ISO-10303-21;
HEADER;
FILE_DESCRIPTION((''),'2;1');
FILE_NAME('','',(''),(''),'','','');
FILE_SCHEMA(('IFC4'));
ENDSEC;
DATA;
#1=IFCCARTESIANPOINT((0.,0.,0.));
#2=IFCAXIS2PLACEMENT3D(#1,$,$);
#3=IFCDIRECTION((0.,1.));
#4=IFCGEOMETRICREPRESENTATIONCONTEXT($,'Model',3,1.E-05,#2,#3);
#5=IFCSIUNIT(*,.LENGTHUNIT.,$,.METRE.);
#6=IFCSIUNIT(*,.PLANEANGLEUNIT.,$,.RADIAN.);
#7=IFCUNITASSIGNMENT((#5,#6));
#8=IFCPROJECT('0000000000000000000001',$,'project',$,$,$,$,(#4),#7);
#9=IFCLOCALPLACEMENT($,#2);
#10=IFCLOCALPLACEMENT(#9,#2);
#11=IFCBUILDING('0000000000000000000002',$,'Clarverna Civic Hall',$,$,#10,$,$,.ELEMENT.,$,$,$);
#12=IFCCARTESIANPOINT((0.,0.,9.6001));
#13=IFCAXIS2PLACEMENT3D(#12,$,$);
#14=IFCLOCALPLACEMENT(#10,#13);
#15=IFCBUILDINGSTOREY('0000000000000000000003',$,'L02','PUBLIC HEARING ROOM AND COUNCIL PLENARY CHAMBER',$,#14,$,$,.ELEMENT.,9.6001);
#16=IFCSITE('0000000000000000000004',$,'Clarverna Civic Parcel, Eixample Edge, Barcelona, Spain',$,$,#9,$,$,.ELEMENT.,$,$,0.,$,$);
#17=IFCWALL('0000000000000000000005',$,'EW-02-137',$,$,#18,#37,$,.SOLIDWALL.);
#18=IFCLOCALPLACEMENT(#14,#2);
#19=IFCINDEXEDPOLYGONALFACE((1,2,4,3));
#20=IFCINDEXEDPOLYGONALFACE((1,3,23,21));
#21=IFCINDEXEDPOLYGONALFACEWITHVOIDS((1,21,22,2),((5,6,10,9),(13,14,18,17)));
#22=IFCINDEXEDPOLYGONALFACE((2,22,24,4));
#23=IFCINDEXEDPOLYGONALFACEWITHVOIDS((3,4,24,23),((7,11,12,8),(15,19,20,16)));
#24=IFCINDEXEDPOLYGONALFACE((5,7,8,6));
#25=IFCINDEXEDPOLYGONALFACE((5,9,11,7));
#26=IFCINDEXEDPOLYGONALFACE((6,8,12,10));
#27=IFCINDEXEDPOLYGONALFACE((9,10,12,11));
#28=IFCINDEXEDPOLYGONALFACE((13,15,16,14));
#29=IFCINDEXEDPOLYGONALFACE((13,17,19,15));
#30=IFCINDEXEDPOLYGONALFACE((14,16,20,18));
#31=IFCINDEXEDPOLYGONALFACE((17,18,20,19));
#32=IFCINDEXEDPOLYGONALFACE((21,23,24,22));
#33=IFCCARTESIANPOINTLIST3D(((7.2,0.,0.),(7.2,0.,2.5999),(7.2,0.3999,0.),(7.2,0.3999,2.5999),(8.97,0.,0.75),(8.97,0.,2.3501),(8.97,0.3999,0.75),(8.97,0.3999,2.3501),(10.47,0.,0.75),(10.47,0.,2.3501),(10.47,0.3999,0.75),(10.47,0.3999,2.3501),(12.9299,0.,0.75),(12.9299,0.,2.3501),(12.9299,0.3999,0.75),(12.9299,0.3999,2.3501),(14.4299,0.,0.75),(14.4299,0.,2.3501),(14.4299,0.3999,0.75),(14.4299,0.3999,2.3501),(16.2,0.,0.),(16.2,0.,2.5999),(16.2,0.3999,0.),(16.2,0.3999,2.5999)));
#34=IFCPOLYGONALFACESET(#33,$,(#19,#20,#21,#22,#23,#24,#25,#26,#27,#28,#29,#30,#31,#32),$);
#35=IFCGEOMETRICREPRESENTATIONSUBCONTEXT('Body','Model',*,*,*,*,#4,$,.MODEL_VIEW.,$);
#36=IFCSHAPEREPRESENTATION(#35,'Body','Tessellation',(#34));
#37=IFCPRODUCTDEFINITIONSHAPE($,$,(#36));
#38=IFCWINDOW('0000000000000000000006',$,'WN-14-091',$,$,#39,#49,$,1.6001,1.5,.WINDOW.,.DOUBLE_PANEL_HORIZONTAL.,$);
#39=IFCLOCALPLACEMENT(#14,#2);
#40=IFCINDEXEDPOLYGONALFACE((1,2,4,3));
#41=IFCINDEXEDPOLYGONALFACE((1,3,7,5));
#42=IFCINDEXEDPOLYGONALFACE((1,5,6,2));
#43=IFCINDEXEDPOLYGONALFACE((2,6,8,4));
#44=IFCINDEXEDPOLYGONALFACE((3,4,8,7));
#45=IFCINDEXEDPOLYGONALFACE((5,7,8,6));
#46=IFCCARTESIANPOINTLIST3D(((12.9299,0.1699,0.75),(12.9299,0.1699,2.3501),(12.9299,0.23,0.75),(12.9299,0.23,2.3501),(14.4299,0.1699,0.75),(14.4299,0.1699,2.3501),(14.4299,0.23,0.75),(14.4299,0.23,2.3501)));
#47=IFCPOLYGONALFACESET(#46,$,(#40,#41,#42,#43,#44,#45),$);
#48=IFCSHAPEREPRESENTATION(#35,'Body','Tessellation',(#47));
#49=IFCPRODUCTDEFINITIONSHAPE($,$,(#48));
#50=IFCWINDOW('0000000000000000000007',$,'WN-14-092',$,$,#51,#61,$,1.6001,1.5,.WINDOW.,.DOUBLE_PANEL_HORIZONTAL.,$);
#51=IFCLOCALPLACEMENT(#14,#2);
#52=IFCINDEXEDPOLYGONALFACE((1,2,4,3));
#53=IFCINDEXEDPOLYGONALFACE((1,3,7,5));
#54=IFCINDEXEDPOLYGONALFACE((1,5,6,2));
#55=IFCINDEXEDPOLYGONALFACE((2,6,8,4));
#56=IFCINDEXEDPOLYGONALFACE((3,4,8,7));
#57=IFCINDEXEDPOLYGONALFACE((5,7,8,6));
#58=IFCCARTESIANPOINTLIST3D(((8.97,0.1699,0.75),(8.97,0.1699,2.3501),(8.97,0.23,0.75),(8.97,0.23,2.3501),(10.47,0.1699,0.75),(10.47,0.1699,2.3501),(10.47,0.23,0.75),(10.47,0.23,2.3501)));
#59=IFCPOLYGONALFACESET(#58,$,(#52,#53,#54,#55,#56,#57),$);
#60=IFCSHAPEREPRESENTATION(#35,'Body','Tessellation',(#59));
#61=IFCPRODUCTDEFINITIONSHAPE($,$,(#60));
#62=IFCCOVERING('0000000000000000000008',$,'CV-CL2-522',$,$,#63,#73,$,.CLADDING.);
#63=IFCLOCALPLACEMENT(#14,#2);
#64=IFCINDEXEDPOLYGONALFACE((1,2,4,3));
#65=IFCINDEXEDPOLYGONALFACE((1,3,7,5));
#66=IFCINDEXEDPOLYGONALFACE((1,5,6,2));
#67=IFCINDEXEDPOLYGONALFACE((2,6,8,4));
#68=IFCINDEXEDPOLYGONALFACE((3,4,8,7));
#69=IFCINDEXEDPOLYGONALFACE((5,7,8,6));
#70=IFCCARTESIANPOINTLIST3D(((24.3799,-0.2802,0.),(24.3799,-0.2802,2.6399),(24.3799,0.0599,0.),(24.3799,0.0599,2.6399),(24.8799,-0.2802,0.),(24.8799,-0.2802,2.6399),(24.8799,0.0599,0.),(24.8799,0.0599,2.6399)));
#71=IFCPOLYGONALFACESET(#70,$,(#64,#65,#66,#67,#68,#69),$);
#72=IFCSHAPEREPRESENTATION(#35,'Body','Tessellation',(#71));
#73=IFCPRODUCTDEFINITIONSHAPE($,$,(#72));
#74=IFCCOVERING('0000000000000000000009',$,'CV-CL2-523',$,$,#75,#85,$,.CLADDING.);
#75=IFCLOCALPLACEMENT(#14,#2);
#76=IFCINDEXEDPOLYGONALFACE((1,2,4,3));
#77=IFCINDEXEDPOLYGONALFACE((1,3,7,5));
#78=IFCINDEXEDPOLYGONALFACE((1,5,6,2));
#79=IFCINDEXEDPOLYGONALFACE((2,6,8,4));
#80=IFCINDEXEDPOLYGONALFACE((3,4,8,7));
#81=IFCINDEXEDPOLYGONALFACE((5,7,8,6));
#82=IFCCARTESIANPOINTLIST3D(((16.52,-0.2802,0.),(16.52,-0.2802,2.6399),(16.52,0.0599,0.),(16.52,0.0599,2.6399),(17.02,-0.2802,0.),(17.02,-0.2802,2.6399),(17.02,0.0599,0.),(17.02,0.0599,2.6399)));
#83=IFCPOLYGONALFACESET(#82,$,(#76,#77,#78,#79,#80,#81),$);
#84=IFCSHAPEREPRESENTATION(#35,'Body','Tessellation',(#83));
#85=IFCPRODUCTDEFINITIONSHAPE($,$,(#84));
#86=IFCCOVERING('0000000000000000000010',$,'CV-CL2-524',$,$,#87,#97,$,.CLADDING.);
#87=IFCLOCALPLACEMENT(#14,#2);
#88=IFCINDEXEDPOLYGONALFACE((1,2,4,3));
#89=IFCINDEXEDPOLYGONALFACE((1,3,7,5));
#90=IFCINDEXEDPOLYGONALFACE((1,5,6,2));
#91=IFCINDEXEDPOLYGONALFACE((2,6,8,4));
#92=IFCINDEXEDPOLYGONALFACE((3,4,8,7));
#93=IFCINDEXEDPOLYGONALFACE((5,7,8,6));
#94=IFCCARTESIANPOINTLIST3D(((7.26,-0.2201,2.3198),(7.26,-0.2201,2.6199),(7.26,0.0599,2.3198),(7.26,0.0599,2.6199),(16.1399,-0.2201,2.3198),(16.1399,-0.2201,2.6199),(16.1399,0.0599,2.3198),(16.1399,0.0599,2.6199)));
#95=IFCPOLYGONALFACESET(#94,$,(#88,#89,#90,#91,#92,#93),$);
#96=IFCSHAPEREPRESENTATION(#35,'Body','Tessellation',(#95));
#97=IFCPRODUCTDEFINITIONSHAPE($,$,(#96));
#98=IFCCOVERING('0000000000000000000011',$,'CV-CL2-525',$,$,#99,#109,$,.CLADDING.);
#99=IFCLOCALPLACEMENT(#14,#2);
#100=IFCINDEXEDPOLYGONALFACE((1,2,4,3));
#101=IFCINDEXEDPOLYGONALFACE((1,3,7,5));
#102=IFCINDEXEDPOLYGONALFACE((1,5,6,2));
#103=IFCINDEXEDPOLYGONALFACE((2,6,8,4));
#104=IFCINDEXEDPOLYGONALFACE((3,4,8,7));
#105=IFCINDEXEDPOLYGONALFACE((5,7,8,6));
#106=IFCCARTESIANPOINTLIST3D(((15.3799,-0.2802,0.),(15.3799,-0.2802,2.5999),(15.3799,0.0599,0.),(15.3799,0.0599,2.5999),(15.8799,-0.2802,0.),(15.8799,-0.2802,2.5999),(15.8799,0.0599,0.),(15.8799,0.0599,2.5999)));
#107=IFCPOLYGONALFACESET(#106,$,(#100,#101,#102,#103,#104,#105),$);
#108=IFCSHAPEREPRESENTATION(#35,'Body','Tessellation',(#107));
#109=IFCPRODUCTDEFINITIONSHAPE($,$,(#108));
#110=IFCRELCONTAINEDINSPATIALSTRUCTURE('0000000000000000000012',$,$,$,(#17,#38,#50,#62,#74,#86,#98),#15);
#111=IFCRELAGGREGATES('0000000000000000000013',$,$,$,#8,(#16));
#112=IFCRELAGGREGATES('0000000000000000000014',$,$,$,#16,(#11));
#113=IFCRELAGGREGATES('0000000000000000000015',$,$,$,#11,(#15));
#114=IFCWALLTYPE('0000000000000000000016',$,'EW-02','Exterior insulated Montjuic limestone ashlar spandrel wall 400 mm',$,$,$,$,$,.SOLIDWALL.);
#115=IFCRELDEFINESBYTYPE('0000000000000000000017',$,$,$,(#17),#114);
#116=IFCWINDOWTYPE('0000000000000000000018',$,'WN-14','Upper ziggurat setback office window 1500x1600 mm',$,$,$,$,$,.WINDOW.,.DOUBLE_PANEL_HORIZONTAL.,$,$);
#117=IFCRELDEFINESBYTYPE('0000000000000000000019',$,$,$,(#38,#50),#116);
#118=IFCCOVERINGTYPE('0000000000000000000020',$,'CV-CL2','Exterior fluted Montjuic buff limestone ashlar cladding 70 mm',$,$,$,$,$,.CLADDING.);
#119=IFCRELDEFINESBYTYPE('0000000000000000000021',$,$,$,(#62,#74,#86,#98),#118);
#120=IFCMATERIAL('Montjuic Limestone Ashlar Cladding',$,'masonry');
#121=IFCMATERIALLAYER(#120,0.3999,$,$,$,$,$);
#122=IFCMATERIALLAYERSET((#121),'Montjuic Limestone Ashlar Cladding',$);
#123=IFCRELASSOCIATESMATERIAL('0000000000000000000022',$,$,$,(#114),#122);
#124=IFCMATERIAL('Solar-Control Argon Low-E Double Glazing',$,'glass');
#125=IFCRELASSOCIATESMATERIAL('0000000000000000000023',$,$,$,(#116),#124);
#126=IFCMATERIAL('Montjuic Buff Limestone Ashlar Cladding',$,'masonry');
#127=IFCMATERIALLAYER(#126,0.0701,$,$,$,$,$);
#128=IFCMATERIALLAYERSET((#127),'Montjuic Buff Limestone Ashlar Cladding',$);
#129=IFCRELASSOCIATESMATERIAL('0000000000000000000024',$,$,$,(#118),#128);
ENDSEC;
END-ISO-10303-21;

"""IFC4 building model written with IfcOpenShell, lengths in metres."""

from ifc_helpers import new_model, si_unit, direction, frame, frame_2d, origin, place, context, subcontext, project, spatial, rectangle, extrude, material, layer, layer_set, type_object, element, fill, save


model = new_model("IFC4")

# Units and contexts
model_context = context("Model", 3, precision=1e-05, world=origin(), true_north=direction((0.0, 1.0)))
body_context = subcontext(model_context, "Body", "Model", "MODEL_VIEW")
ifc_project = project(units=[si_unit("LENGTHUNIT", "METRE"), si_unit("PLANEANGLEUNIT", "RADIAN")], contexts=[model_context])

# Site, building, storey
site_placement = place(None, origin())
site = spatial("IfcSite", under=ifc_project, at=site_placement, Name="Clarverna Civic Parcel, Eixample Edge, Barcelona, Spain", CompositionType="ELEMENT", RefElevation=0.0)
building_placement = place(site_placement, origin())
building = spatial("IfcBuilding", under=site, at=building_placement, Name="Clarverna Civic Hall", CompositionType="ELEMENT")
storey_placement = place(building_placement, frame((0.0, 0.0, 9.6001)))
storey = spatial("IfcBuildingStorey", under=building, at=storey_placement, Name="L02", Description="PUBLIC HEARING ROOM AND COUNCIL PLENARY CHAMBER", CompositionType="ELEMENT", Elevation=9.6001)

# Wall, openings, windows
ifc_material_1 = material(Name="Montjuic Limestone Ashlar Cladding", Category="masonry")
ifc_layer_1 = layer(ifc_material_1, 0.3999)
ifc_layer_set_1 = layer_set([ifc_layer_1], Name="Montjuic Limestone Ashlar Cladding")
wall_type_1 = type_object("IfcWallType", Name="EW-02", Description="Exterior insulated Montjuic limestone ashlar spandrel wall 400 mm", PredefinedType="SOLIDWALL", material=ifc_layer_set_1)
wall_1_placement = place(storey_placement, frame((16.2, 0.2, 0.0), z_axis=(0.0, 0.0, 1.0), x_axis=(-1.0, 0.0, 0.0)))
wall_1 = element("IfcWall", 1, at=wall_1_placement, inside=storey, type_object=wall_type_1, Name="EW-02-137", PredefinedType="SOLIDWALL", context=body_context, shape_type="SweptSolid", body=[
    extrude(rectangle(XDim=9.0, YDim=0.3999, at=frame_2d((4.5, 0.0))), origin(), (0.0, 0.0, 1.0), 2.5999),
])
opening_1_placement = place(wall_1_placement, frame((1.77, 0.0, 0.75)))
opening_1 = element("IfcOpeningElement", 2, at=opening_1_placement, cuts=wall_1, PredefinedType="OPENING", context=body_context, shape_type="SweptSolid", body=[
    extrude(rectangle(XDim=1.5, YDim=1.6001, at=frame_2d((0.75, 0.8))), frame((0.0, 0.21, 0.0), z_axis=(0.0, -1.0, 0.0), x_axis=(1.0, 0.0, 0.0)), (0.0, 0.0, 1.0), 0.4199),
])
opening_2_placement = place(wall_1_placement, frame((5.73, 0.0, 0.75)))
opening_2 = element("IfcOpeningElement", 3, at=opening_2_placement, cuts=wall_1, PredefinedType="OPENING", context=body_context, shape_type="SweptSolid", body=[
    extrude(rectangle(XDim=1.5, YDim=1.6001, at=frame_2d((0.75, 0.8))), frame((0.0, 0.21, 0.0), z_axis=(0.0, -1.0, 0.0), x_axis=(1.0, 0.0, 0.0)), (0.0, 0.0, 1.0), 0.4199),
])
ifc_material_2 = material(Name="Solar-Control Argon Low-E Double Glazing", Category="glass")
window_type = type_object("IfcWindowType", Name="WN-14", Description="Upper ziggurat setback office window 1500x1600 mm", PartitioningType="DOUBLE_PANEL_HORIZONTAL", PredefinedType="WINDOW", material=ifc_material_2)
window_1_placement = place(opening_1_placement, origin())
window_1 = element("IfcWindow", 4, at=window_1_placement, inside=storey, type_object=window_type, Name="WN-14-091", OverallHeight=1.6001, OverallWidth=1.5, PartitioningType="DOUBLE_PANEL_HORIZONTAL", PredefinedType="WINDOW", context=body_context, shape_type="SweptSolid", body=[
    extrude(rectangle(XDim=1.5, YDim=1.6001, at=frame_2d((0.75, 0.8))), frame((0.0, 0.03, 0.0), z_axis=(0.0, -1.0, 0.0), x_axis=(1.0, 0.0, 0.0)), (0.0, 0.0, 1.0), 0.0601),
])
fill(opening_1, window_1)
window_2_placement = place(opening_2_placement, origin())
window_2 = element("IfcWindow", 5, at=window_2_placement, inside=storey, type_object=window_type, Name="WN-14-092", OverallHeight=1.6001, OverallWidth=1.5, PartitioningType="DOUBLE_PANEL_HORIZONTAL", PredefinedType="WINDOW", context=body_context, shape_type="SweptSolid", body=[
    extrude(rectangle(XDim=1.5, YDim=1.6001, at=frame_2d((0.75, 0.8))), frame((0.0, 0.03, 0.0), z_axis=(0.0, -1.0, 0.0), x_axis=(1.0, 0.0, 0.0)), (0.0, 0.0, 1.0), 0.0601),
])
fill(opening_2, window_2)

# Coverings
ifc_material_3 = material(Name="Montjuic Buff Limestone Ashlar Cladding", Category="masonry")
ifc_layer_2 = layer(ifc_material_3, 0.0701)
ifc_layer_set_2 = layer_set([ifc_layer_2], Name="Montjuic Buff Limestone Ashlar Cladding")
covering_type = type_object("IfcCoveringType", Name="CV-CL2", Description="Exterior fluted Montjuic buff limestone ashlar cladding 70 mm", PredefinedType="CLADDING", material=ifc_layer_set_2)
for number, where, z_axis, x_axis, name in (
    (6, (24.8799, -0.1101, 0.0), (0.0, 0.0, 1.0), (-1.0, 0.0, 0.0), "CV-CL2-522"),
    (7, (17.02, -0.1101, 0.0), (0.0, 0.0, 1.0), (-1.0, 0.0, 0.0), "CV-CL2-523"),
):
    element("IfcCovering", number, at=place(storey_placement, frame(where, z_axis=z_axis, x_axis=x_axis)), inside=storey, type_object=covering_type, Name=name, PredefinedType="CLADDING", context=body_context, shape_type="SweptSolid", body=[
        extrude(rectangle(XDim=0.5, YDim=0.3401, at=frame_2d((0.25, 0.0))), origin(), (0.0, 0.0, 1.0), 2.6399),
    ])
covering_1_placement = place(storey_placement, frame((16.1399, -0.0801, 2.3198), z_axis=(0.0, 0.0, 1.0), x_axis=(-1.0, 0.0, 0.0)))
element("IfcCovering", 8, at=covering_1_placement, inside=storey, type_object=covering_type, Name="CV-CL2-524", PredefinedType="CLADDING", context=body_context, shape_type="SweptSolid", body=[
    extrude(rectangle(XDim=8.8799, YDim=0.28, at=frame_2d((4.4399, 0.0))), origin(), (0.0, 0.0, 1.0), 0.3),
])
covering_2_placement = place(storey_placement, frame((15.8799, -0.1101, 0.0), z_axis=(0.0, 0.0, 1.0), x_axis=(-1.0, 0.0, 0.0)))
element("IfcCovering", 9, at=covering_2_placement, inside=storey, type_object=covering_type, Name="CV-CL2-525", PredefinedType="CLADDING", context=body_context, shape_type="SweptSolid", body=[
    extrude(rectangle(XDim=0.5, YDim=0.3401, at=frame_2d((0.25, 0.0))), origin(), (0.0, 0.0, 1.0), 2.5999),
])

save(model, "model.ifc")
